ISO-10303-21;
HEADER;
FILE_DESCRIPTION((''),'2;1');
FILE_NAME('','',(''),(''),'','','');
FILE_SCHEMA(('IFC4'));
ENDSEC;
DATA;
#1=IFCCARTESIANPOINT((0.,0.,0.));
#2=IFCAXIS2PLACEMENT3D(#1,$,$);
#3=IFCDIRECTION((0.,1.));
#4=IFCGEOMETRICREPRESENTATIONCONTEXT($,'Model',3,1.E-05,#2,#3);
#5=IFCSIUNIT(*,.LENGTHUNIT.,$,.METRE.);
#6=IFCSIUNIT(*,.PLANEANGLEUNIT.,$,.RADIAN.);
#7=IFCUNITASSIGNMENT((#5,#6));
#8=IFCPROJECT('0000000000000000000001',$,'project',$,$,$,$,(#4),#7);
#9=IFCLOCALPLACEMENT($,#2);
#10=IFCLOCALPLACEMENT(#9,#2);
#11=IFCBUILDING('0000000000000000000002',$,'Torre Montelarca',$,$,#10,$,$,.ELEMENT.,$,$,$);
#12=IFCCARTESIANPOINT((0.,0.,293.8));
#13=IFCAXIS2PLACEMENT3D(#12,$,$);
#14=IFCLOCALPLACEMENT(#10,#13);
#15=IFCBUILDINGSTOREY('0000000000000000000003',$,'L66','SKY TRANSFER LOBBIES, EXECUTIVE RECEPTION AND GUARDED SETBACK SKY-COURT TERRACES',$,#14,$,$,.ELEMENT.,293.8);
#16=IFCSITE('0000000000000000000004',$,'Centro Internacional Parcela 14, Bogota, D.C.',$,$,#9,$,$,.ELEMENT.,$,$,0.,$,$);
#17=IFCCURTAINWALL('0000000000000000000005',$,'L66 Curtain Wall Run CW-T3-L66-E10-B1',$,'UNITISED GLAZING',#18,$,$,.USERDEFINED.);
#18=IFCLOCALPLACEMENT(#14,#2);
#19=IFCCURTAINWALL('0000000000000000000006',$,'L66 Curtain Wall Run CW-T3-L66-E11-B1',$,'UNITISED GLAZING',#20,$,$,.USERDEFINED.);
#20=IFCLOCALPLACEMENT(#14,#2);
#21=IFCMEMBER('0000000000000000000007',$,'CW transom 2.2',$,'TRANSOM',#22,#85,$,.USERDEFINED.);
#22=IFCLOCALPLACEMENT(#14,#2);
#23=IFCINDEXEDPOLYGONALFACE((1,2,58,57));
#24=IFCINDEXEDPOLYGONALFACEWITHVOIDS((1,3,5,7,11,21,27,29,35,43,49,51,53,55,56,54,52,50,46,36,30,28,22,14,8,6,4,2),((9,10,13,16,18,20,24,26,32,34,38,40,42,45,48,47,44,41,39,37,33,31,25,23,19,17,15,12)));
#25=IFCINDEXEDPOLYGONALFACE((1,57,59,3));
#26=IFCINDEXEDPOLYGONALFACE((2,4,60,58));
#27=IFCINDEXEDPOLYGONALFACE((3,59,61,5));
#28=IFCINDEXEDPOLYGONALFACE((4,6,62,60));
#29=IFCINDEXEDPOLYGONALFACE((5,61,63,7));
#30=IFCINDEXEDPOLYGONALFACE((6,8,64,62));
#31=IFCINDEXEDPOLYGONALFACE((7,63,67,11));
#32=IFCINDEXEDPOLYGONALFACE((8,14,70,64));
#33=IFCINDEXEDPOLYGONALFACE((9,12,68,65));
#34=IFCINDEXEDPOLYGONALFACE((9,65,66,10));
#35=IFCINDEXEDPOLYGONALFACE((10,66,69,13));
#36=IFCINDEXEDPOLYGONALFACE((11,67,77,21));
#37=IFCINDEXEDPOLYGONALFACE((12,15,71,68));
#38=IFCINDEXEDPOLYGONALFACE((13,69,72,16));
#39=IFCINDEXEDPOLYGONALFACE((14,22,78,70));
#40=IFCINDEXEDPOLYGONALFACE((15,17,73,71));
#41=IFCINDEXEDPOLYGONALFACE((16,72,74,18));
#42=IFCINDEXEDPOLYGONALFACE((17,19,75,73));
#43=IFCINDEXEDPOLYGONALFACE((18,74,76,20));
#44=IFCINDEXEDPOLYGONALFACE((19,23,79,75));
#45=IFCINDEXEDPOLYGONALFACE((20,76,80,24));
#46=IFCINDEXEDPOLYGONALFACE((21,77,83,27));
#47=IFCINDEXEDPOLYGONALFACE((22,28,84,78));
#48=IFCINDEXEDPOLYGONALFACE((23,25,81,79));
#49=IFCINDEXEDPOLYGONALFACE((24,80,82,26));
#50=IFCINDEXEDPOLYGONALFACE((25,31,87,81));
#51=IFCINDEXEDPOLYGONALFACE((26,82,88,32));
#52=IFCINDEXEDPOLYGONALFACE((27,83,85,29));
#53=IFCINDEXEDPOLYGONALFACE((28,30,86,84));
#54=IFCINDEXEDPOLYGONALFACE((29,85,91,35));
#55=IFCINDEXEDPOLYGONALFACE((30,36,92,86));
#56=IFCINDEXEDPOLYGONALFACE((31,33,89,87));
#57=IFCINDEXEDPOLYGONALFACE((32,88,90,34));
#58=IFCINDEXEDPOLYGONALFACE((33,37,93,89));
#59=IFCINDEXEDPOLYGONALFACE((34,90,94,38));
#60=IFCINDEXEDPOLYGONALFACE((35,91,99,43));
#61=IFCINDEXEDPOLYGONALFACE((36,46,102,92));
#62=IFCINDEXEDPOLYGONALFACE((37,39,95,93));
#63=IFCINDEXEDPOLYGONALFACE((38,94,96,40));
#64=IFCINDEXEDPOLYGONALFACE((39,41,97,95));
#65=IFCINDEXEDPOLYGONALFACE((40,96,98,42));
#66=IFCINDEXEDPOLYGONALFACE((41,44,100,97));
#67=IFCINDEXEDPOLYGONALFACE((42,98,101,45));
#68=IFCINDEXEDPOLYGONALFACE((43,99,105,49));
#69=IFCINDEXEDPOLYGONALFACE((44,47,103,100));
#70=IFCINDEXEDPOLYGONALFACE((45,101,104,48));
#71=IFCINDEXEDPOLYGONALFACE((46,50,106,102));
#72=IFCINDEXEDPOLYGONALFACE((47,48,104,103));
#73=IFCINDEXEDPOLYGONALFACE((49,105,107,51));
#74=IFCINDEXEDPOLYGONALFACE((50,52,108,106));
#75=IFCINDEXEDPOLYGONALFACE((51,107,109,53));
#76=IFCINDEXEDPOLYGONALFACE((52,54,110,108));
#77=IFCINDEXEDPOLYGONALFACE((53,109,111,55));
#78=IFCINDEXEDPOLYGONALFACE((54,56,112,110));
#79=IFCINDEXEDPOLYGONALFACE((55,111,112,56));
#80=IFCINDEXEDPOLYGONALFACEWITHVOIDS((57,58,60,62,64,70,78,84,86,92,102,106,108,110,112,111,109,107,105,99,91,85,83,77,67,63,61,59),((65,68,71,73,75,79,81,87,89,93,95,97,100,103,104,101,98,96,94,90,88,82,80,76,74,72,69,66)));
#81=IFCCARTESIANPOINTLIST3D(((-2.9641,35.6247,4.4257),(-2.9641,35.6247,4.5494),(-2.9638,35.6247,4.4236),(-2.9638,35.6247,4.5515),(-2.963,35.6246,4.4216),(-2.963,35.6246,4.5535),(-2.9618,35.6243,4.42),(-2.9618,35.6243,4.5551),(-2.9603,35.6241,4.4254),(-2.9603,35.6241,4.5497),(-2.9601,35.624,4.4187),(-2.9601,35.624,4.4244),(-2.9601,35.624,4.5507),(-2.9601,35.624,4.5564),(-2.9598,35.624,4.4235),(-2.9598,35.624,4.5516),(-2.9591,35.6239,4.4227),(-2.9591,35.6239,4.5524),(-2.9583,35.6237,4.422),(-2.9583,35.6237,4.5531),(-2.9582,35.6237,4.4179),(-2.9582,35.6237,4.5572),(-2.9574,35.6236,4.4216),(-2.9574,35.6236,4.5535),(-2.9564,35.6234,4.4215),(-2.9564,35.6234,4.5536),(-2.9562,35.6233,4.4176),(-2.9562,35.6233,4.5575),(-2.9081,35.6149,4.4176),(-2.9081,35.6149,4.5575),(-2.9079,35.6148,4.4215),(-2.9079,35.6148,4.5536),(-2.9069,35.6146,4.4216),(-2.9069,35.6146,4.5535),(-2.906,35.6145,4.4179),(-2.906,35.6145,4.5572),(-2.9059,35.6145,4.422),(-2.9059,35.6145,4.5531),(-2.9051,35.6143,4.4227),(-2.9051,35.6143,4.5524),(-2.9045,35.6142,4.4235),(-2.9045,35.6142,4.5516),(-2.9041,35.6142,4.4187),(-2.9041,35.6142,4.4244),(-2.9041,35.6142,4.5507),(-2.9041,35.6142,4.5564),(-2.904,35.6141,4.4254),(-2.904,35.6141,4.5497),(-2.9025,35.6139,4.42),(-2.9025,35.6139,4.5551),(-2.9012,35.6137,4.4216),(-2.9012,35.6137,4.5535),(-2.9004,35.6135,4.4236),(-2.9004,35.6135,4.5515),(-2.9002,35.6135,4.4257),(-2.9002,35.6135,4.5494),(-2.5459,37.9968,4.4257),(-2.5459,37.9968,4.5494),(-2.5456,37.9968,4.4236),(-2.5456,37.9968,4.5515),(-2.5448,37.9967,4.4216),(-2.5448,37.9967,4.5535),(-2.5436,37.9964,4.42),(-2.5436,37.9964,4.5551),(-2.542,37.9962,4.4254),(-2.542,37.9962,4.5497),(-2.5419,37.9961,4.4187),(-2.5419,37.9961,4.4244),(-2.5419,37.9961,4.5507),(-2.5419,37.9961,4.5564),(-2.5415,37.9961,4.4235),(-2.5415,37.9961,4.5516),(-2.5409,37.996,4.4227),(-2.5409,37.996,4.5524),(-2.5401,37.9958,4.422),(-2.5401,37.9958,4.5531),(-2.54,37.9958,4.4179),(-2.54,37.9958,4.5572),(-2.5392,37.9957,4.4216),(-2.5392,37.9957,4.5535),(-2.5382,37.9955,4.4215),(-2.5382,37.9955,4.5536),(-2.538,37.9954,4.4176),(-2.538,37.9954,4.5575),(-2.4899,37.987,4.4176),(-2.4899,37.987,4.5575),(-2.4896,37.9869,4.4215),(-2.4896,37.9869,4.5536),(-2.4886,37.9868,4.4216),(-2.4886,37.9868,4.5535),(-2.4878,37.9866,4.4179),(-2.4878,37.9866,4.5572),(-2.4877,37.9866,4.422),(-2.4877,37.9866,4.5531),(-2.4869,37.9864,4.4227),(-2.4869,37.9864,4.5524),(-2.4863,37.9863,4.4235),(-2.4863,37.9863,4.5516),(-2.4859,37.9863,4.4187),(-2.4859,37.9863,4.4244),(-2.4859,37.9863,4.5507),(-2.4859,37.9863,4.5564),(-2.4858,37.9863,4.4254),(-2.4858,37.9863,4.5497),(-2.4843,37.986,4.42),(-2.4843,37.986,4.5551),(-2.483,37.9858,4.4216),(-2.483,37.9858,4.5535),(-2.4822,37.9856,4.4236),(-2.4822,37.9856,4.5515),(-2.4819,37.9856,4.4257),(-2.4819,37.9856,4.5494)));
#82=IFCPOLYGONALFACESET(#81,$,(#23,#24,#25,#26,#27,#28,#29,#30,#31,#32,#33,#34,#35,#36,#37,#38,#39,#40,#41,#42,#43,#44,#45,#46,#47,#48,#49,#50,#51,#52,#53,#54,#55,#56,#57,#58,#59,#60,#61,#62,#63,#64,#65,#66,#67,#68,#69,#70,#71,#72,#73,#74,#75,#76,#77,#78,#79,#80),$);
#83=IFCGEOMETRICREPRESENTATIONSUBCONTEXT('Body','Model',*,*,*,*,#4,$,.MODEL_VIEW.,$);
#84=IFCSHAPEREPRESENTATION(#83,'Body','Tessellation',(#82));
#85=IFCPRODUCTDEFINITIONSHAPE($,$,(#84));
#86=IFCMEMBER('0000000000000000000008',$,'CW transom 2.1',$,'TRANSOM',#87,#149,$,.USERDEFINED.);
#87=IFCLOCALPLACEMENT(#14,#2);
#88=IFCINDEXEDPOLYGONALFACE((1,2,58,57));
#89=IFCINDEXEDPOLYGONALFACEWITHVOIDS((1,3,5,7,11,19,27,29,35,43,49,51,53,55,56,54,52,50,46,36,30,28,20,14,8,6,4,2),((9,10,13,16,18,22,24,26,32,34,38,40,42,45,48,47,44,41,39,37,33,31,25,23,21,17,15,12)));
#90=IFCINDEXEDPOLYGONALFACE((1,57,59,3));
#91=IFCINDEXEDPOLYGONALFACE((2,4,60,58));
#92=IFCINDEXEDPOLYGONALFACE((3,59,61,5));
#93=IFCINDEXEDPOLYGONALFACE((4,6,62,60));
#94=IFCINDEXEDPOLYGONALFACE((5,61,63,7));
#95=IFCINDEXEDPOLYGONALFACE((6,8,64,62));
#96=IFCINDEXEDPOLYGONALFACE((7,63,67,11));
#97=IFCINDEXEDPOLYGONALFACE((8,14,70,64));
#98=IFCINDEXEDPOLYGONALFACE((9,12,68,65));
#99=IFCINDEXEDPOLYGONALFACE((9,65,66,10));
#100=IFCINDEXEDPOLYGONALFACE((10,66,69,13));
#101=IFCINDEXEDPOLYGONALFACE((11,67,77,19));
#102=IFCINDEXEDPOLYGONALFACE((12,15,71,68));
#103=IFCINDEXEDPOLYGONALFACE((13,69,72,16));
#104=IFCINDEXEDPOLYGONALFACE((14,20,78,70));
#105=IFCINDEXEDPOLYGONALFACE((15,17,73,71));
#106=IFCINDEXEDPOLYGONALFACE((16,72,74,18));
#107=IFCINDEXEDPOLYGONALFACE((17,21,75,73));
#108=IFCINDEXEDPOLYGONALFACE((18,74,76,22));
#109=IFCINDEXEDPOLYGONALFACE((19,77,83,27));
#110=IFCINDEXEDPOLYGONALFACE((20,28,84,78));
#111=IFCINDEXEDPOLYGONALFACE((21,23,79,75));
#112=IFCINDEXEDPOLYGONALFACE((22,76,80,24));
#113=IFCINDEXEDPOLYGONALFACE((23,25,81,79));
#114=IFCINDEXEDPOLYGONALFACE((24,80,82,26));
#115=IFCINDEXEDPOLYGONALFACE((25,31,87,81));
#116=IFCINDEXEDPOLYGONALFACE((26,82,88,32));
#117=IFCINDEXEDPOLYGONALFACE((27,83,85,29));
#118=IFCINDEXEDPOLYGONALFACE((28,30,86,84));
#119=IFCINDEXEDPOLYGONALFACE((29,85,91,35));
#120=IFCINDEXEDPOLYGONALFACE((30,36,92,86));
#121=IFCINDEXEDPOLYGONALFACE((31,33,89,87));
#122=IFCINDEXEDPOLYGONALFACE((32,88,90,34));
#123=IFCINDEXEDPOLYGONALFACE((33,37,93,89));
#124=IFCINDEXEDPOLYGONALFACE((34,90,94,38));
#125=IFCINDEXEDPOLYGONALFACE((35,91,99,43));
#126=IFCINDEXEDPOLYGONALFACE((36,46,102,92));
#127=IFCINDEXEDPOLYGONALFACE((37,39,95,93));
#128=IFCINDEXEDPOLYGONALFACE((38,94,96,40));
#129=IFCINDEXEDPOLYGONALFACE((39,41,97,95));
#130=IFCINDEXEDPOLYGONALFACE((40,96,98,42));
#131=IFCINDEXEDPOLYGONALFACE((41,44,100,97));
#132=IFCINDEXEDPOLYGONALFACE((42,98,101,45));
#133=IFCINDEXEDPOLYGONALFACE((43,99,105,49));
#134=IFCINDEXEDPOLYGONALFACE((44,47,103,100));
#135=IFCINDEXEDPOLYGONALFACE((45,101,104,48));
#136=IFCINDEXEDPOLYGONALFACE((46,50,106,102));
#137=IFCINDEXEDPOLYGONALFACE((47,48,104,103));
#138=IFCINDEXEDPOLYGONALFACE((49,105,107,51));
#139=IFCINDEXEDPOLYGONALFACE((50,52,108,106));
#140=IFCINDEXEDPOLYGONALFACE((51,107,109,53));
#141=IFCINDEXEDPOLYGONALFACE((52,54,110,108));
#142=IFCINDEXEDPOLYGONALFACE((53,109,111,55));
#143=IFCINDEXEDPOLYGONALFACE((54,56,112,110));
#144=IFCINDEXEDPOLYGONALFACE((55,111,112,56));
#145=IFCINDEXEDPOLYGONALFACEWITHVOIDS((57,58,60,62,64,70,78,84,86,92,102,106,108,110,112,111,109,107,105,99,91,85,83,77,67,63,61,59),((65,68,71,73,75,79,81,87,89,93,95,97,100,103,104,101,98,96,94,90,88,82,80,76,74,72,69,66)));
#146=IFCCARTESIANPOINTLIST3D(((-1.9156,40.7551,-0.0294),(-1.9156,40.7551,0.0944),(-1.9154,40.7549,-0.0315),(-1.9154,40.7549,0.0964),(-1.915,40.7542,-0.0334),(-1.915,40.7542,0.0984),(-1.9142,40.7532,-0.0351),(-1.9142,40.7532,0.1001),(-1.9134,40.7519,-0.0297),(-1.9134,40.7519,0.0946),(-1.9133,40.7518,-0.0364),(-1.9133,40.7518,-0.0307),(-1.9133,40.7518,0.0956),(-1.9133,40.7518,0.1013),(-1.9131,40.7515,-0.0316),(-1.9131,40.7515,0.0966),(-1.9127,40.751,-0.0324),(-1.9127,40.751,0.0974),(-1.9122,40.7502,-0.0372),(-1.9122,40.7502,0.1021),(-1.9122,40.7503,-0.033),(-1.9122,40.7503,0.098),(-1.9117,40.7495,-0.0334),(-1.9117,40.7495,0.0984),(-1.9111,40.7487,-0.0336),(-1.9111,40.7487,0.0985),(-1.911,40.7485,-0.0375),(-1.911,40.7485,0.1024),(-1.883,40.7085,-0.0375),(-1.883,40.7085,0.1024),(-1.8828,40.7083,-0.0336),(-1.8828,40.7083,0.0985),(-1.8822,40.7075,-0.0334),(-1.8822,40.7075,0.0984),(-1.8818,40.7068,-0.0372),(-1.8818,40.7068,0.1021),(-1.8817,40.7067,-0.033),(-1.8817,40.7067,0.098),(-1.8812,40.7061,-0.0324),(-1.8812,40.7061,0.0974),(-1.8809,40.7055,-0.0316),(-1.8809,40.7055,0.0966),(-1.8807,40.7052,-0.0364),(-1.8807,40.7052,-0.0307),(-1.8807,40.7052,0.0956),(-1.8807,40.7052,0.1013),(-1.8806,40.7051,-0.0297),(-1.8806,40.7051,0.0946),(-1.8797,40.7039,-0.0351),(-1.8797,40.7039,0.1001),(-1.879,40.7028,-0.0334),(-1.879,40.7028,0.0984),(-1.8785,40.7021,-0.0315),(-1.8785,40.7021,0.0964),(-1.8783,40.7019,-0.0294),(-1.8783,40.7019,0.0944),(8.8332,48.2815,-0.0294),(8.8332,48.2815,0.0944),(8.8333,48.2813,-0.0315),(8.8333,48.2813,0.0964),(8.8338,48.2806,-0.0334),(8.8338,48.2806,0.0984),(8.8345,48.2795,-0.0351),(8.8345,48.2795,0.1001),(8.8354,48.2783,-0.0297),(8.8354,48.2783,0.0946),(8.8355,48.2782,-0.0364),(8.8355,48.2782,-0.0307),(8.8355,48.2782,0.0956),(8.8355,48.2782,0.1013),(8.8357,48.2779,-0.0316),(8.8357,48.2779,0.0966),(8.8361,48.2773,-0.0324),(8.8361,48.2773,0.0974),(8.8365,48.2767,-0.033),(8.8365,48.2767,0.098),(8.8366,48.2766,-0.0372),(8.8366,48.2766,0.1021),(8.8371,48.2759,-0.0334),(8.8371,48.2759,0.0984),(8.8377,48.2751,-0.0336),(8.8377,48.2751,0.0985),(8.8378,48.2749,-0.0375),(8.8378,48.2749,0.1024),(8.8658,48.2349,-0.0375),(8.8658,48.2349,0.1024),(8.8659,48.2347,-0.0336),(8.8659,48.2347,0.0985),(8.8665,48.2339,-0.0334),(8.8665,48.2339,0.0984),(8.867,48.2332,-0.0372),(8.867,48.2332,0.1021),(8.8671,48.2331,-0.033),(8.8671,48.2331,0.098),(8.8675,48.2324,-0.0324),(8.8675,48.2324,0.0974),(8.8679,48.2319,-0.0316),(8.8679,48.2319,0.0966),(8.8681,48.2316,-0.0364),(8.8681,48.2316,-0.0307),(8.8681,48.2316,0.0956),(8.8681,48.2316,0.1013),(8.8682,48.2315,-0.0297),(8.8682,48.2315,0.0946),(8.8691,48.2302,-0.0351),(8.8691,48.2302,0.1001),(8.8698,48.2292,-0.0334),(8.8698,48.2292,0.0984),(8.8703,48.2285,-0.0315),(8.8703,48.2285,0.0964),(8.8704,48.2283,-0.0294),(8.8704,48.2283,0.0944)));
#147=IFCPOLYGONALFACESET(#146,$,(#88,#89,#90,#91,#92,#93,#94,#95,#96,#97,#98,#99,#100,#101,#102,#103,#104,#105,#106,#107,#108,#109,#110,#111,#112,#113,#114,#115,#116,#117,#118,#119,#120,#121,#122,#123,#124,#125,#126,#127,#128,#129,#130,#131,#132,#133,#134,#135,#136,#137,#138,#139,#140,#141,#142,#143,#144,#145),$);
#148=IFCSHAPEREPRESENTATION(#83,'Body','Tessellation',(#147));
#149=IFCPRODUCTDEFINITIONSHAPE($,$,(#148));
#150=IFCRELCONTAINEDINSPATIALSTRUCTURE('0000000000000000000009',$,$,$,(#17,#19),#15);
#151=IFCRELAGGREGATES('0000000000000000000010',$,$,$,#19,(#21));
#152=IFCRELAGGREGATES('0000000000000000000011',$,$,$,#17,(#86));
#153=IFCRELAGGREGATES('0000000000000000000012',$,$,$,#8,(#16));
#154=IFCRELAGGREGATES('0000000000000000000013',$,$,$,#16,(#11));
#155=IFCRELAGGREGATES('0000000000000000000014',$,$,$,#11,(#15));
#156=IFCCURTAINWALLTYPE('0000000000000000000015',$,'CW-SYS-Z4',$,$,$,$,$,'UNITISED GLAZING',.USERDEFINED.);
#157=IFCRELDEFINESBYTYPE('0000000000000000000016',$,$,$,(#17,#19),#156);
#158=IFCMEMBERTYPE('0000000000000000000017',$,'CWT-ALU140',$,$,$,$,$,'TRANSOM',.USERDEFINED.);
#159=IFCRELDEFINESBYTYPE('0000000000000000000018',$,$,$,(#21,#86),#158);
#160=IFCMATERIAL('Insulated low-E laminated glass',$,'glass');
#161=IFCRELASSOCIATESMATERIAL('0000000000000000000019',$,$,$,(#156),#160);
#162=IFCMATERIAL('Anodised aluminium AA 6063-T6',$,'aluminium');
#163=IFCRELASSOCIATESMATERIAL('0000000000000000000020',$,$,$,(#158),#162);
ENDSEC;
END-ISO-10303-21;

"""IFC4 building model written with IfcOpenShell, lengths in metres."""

from ifc_helpers import new_model, si_unit, direction, frame, origin, origin_2d, place, context, subcontext, project, spatial, hollow_rectangle, extrude, source, transform, mapped, material, material_profile, profile_set, type_object, element, aggregate, save


model = new_model("IFC4")

# Units and contexts
model_context = context("Model", 3, precision=1e-05, world=origin(), true_north=direction((0.0, 1.0)))
body_context = subcontext(model_context, "Body", "Model", "MODEL_VIEW")
ifc_project = project(units=[si_unit("LENGTHUNIT", "METRE"), si_unit("PLANEANGLEUNIT", "RADIAN")], contexts=[model_context])

# Site, building, storey
site_placement = place(None, origin())
site = spatial("IfcSite", under=ifc_project, at=site_placement, Name="Centro Internacional Parcela 14, Bogota, D.C.", CompositionType="ELEMENT", RefElevation=0.0)
building_placement = place(site_placement, origin())
building = spatial("IfcBuilding", under=site, at=building_placement, Name="Torre Montelarca", CompositionType="ELEMENT")
storey_placement = place(building_placement, frame((0.0, 0.0, 293.8)))
storey = spatial("IfcBuildingStorey", under=building, at=storey_placement, Name="L66", Description="SKY TRANSFER LOBBIES, EXECUTIVE RECEPTION AND GUARDED SETBACK SKY-COURT TERRACES", CompositionType="ELEMENT", Elevation=293.8)

# Curtain walls, member
ifc_material_1 = material(Name="Insulated low-E laminated glass", Category="glass")
curtain_wall_type = type_object("IfcCurtainWallType", Name="CW-SYS-Z4", ElementType="UNITISED GLAZING", PredefinedType="USERDEFINED", material=ifc_material_1)
curtain_wall_1_placement = place(storey_placement, origin())
curtain_wall_1 = element("IfcCurtainWall", 1, at=curtain_wall_1_placement, inside=storey, type_object=curtain_wall_type, Name="L66 Curtain Wall Run CW-T3-L66-E10-B1", ObjectType="UNITISED GLAZING", PredefinedType="USERDEFINED")
ifc_material_2 = material(Name="Anodised aluminium AA 6063-T6", Category="aluminium")
curtain_wall_2_placement = place(storey_placement, origin())
curtain_wall_2 = element("IfcCurtainWall", 2, at=curtain_wall_2_placement, inside=storey, type_object=curtain_wall_type, Name="L66 Curtain Wall Run CW-T3-L66-E11-B1", ObjectType="UNITISED GLAZING", PredefinedType="USERDEFINED")
ifc_material_profile_1 = material_profile(ifc_material_2, hollow_rectangle(XDim=0.0649, YDim=0.1399, WallThickness=0.0039, InnerFilletRadius=0.0039, OuterFilletRadius=0.0081, at=origin_2d()), Name="ALU65X140X4", Category="aluminium")
ifc_profile_set_1 = profile_set([ifc_material_profile_1], Name="Anodised aluminium AA 6063-T6")
member_type_1 = type_object("IfcMemberType", Name="CWT-ALU140", ElementType="TRANSOM", PredefinedType="USERDEFINED", material=ifc_profile_set_1)
shared_shape_1 = source(origin(), body_context, "Body", "SweptSolid", [
    extrude(hollow_rectangle(XDim=0.0649, YDim=0.1399, WallThickness=0.0039, InnerFilletRadius=0.0039, OuterFilletRadius=0.0081, at=origin_2d()), origin(), (0.0, 0.0, 1.0), 2.4087),
])
member_1_placement = place(storey_placement, frame((-2.5139, 37.9912, 4.4875), z_axis=(-0.173629, -0.984811, 0.0), x_axis=(0.984811, -0.173629, 0.0)))
member_1 = element("IfcMember", 3, at=member_1_placement, type_object=member_type_1, Name="CW transom 2.2", ObjectType="TRANSOM", PredefinedType="USERDEFINED", context=body_context, shape_type="MappedRepresentation", body=[
    mapped(shared_shape_1, transform((0.0, 0.0, 0.0), scale=1.0)),
])

# Member
shared_shape_2 = source(origin(), body_context, "Body", "SweptSolid", [
    extrude(hollow_rectangle(XDim=0.0649, YDim=0.1399, WallThickness=0.0039, InnerFilletRadius=0.0039, OuterFilletRadius=0.0081, at=origin_2d()), origin(), (0.0, 0.0, 1.0), 13.1218),
])
member_2_placement = place(storey_placement, frame((8.8518, 48.2549, 0.0325), z_axis=(-0.819152, -0.573576, 0.0), x_axis=(0.573576, -0.819152, 0.0)))
member_2 = element("IfcMember", 4, at=member_2_placement, type_object=member_type_1, Name="CW transom 2.1", ObjectType="TRANSOM", PredefinedType="USERDEFINED", context=body_context, shape_type="MappedRepresentation", body=[
    mapped(shared_shape_2, transform((0.0, 0.0, 0.0), scale=1.0)),
])

aggregate(curtain_wall_2, [member_1])
aggregate(curtain_wall_1, [member_2])

save(model, "model.ifc")
